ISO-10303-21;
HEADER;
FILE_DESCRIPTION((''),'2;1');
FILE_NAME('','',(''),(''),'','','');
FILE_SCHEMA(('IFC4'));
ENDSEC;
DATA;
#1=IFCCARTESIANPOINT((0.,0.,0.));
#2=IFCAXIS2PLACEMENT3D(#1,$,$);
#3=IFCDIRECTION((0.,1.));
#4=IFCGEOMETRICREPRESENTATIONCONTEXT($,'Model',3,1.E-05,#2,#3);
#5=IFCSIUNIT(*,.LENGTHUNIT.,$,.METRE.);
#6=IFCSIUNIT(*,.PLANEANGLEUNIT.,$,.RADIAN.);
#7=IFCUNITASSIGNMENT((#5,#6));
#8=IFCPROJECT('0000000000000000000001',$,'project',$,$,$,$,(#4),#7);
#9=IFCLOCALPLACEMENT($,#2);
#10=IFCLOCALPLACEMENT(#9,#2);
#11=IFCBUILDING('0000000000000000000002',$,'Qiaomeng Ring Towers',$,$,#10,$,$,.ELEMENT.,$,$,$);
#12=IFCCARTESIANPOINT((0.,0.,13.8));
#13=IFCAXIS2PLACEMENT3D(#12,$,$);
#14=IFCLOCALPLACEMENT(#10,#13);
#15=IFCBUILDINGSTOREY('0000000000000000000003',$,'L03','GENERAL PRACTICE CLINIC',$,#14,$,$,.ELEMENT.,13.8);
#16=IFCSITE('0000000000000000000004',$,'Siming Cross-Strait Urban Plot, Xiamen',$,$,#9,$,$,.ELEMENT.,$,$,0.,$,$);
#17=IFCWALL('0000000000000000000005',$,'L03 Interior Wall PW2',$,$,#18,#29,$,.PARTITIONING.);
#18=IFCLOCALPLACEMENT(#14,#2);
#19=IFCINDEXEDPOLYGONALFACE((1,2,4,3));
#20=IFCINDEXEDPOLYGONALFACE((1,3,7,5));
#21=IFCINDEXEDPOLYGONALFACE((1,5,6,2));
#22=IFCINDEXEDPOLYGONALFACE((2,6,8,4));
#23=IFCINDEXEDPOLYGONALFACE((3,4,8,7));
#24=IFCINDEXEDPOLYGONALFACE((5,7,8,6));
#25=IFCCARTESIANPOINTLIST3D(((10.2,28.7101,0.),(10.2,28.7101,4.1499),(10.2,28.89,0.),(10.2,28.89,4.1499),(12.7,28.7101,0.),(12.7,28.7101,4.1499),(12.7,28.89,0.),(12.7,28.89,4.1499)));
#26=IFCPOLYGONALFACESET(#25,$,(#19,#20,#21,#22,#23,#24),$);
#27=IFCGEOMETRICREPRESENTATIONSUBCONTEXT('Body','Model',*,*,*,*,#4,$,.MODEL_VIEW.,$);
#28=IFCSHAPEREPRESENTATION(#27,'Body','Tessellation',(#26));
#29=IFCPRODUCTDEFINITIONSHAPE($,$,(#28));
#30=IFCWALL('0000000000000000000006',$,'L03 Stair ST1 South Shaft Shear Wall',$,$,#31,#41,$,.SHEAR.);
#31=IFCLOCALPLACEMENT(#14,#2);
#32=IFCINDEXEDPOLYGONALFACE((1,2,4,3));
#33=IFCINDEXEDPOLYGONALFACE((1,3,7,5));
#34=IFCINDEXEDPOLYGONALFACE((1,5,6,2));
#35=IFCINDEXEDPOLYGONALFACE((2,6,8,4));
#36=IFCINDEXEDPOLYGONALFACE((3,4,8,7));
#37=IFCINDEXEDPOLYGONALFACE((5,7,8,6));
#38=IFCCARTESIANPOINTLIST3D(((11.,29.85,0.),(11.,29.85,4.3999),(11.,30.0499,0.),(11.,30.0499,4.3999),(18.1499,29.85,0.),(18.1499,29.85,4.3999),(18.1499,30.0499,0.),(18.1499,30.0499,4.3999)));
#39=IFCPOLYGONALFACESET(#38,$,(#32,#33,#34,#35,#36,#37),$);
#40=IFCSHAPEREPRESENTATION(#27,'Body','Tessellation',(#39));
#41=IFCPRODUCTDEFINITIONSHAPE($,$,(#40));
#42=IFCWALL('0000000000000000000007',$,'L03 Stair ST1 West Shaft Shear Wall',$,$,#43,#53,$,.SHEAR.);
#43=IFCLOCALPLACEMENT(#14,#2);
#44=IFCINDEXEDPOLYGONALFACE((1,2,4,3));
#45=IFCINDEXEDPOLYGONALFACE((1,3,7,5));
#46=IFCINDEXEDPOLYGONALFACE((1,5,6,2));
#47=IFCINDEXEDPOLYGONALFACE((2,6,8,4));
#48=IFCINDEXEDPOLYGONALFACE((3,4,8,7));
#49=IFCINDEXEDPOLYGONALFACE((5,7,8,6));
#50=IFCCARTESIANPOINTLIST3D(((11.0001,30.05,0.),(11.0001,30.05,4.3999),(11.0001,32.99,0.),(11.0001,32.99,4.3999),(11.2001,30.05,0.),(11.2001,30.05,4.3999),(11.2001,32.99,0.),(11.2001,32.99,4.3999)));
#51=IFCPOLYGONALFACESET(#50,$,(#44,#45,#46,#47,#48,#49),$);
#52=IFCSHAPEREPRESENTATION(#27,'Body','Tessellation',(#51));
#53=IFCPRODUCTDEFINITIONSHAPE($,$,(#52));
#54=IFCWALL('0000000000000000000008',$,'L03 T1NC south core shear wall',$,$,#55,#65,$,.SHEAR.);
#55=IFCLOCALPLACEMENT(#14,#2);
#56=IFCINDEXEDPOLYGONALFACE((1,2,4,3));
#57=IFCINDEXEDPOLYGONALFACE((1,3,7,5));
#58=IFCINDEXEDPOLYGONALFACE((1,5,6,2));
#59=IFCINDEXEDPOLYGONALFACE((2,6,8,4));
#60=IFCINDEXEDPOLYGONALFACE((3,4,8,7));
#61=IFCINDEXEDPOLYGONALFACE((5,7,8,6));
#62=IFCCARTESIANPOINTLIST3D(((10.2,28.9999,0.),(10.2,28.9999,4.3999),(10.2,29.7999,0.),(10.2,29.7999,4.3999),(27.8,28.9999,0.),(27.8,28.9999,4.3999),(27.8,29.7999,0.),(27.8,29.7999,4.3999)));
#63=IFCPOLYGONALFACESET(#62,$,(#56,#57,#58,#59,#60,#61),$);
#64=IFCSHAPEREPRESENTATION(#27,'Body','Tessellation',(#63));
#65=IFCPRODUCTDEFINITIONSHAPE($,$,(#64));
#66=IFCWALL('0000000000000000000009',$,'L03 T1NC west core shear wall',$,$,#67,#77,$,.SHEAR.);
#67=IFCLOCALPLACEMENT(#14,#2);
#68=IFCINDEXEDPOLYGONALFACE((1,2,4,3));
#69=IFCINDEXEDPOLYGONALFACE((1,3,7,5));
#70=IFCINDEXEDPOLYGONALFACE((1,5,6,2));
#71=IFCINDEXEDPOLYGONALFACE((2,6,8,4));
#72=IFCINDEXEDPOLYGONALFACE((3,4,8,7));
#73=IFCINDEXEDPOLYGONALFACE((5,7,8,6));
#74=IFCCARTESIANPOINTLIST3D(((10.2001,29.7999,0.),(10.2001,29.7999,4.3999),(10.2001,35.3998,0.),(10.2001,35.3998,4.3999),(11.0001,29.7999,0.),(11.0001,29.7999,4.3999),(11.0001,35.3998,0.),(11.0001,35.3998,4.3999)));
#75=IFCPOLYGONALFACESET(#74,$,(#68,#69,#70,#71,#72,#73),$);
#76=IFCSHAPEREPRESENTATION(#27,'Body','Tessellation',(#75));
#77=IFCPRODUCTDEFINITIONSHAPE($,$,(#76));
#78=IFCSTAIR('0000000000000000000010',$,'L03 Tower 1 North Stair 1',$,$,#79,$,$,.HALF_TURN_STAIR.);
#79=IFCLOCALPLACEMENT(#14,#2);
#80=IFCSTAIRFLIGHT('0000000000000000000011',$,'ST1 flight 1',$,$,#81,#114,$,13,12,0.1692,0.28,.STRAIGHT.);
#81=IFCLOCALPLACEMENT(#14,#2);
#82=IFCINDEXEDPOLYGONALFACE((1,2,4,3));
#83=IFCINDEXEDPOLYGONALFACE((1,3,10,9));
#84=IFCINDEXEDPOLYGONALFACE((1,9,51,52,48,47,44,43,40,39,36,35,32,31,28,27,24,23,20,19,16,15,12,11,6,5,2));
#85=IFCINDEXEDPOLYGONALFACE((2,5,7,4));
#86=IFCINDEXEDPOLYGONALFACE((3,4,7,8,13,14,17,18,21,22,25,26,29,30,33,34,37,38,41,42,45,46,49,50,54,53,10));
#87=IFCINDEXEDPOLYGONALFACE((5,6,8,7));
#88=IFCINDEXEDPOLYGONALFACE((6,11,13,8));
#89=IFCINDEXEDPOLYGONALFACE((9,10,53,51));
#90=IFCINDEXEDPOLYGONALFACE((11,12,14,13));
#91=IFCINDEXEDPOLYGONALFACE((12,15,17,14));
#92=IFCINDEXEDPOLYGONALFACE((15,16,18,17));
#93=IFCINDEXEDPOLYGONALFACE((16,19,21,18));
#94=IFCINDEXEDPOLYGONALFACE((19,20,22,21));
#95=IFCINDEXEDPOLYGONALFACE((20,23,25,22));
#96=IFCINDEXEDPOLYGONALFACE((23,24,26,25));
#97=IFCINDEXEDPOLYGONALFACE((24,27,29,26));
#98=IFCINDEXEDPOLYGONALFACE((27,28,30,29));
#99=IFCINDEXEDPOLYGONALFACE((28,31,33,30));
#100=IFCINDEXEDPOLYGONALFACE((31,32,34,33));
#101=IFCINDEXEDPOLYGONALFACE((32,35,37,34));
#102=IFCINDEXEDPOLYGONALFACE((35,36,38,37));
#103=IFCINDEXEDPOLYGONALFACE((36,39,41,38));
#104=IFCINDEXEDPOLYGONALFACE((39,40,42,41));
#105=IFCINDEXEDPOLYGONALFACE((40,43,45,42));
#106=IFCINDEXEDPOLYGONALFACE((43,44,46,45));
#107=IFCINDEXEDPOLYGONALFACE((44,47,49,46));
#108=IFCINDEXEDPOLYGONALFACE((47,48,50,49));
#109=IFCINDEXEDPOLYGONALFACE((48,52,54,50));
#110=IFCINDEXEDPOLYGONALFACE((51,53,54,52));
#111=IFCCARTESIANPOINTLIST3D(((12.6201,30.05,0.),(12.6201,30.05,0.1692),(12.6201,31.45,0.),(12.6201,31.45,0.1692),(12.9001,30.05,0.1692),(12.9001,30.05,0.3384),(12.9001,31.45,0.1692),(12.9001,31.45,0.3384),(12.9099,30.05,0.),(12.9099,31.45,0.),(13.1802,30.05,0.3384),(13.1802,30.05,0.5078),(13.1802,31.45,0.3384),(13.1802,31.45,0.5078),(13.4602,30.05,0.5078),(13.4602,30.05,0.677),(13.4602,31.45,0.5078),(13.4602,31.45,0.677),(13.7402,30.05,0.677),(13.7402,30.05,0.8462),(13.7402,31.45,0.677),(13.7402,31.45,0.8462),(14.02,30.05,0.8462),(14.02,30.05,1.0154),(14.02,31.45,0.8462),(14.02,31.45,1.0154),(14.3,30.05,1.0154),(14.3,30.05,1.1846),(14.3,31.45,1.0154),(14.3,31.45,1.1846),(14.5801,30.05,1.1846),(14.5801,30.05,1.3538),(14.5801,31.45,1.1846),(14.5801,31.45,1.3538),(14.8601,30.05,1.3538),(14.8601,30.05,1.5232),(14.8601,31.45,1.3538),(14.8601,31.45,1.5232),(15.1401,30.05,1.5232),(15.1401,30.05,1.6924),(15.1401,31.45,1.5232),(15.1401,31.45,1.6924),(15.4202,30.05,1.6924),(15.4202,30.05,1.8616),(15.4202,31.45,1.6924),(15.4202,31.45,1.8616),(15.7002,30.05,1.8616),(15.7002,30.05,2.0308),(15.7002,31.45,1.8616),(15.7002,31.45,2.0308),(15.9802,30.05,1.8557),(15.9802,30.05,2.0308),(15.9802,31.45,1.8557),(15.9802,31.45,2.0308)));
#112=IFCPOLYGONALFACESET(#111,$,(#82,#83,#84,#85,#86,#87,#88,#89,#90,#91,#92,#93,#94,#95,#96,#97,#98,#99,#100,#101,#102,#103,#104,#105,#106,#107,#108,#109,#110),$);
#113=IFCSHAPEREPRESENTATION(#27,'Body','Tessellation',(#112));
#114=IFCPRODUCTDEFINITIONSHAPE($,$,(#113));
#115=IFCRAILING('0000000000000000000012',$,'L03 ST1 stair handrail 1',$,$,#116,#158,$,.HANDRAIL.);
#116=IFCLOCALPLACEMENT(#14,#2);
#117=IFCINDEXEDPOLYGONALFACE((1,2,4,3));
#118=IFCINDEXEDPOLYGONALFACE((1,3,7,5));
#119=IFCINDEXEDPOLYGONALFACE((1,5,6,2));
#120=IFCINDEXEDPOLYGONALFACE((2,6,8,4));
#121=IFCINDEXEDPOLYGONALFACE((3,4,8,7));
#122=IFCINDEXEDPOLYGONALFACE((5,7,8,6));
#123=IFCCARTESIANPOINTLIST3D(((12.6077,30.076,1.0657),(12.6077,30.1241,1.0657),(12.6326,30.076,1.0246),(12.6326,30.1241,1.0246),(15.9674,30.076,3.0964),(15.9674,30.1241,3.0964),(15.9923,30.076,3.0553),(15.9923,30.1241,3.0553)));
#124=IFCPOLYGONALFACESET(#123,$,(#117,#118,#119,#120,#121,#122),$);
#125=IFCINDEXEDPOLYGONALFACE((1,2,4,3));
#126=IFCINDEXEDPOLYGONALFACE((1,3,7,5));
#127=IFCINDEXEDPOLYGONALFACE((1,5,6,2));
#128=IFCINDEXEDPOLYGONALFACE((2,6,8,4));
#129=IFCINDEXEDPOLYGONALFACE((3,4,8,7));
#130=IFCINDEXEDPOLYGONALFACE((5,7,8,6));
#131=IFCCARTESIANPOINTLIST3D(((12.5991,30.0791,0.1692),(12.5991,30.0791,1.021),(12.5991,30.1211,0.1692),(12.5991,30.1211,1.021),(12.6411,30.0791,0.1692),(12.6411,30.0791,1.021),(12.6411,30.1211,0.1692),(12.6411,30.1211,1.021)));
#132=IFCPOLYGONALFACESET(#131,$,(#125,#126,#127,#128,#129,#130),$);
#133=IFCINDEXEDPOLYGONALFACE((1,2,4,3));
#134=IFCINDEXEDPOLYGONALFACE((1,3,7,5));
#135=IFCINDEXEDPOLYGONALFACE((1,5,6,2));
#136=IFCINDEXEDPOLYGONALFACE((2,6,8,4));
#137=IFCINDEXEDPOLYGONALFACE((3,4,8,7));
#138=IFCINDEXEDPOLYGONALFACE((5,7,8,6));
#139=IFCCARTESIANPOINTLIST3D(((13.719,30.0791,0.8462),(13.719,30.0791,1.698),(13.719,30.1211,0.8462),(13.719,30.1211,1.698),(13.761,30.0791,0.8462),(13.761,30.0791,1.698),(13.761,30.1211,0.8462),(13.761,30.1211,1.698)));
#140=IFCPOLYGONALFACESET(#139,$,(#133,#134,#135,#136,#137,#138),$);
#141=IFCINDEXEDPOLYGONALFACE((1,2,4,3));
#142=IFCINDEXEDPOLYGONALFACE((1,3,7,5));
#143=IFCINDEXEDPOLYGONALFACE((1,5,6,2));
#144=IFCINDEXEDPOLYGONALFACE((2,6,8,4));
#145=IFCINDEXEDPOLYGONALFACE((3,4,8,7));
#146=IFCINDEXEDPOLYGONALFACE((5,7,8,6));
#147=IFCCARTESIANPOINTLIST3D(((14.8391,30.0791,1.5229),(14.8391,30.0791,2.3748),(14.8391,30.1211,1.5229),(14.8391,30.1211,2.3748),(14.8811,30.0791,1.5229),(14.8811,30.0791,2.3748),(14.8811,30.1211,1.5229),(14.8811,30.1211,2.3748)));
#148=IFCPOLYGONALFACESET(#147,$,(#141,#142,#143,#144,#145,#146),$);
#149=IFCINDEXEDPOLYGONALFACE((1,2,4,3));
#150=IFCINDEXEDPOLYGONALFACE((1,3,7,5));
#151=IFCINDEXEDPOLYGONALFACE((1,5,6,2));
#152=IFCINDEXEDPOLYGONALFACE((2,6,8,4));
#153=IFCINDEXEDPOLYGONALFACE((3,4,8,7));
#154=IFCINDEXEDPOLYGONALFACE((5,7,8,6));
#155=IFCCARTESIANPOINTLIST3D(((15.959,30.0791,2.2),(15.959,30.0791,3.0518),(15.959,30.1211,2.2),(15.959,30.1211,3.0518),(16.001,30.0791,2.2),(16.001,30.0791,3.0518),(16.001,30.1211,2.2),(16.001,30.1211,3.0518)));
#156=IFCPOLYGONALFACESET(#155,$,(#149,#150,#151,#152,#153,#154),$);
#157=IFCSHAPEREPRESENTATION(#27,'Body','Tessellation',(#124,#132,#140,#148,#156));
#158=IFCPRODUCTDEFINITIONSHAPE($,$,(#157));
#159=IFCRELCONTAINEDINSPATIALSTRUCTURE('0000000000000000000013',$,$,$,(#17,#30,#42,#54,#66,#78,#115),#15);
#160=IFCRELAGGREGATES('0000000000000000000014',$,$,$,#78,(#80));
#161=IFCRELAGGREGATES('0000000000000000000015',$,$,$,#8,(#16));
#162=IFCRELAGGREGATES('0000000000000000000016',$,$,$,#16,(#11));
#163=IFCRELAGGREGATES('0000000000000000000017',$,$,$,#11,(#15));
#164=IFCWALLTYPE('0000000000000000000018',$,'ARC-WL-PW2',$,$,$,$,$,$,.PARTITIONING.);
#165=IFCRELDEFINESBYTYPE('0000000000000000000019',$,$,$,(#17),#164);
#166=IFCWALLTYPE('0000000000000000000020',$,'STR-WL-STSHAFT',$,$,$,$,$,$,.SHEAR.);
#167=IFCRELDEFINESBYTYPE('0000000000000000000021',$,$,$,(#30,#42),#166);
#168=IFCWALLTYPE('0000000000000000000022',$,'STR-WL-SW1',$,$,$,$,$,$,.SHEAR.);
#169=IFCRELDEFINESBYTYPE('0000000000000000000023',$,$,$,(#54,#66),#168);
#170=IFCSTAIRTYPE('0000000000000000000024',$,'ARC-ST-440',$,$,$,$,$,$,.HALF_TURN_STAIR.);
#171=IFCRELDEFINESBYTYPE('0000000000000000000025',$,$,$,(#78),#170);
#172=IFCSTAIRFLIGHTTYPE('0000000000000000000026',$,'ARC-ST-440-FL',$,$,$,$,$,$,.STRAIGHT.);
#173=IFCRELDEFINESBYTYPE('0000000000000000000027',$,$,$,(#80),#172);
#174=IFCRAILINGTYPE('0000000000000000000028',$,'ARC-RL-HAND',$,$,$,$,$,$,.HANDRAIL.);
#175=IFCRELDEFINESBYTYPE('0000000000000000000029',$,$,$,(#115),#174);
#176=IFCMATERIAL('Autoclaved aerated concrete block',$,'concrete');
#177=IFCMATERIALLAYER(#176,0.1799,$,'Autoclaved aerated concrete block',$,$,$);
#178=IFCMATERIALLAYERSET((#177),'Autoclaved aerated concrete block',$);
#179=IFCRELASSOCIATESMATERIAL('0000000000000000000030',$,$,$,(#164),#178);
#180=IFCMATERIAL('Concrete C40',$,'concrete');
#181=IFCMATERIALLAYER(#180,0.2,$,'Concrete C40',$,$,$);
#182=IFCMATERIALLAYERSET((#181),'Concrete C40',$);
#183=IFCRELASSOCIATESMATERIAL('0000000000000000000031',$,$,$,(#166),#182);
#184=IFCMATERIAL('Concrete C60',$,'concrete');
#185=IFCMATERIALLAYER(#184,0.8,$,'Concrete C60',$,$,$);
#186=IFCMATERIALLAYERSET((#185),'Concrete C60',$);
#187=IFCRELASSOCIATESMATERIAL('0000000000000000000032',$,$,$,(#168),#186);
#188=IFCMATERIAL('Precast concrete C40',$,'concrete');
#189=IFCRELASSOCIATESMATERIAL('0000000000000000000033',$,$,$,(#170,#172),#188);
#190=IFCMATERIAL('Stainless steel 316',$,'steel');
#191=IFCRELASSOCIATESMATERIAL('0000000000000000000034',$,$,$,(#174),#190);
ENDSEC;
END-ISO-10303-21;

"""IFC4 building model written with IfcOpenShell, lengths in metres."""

from ifc_helpers import new_model, si_unit, direction, frame, frame_2d, origin, origin_2d, place, context, subcontext, project, spatial, polyline, rectangle, outline, extrude, source, transform, mapped, material, layer, layer_set, type_object, element, aggregate, save


model = new_model("IFC4")

# Units and contexts
model_context = context("Model", 3, precision=1e-05, world=origin(), true_north=direction((0.0, 1.0)))
body_context = subcontext(model_context, "Body", "Model", "MODEL_VIEW")
ifc_project = project(units=[si_unit("LENGTHUNIT", "METRE"), si_unit("PLANEANGLEUNIT", "RADIAN")], contexts=[model_context])

# Site, building, storey
site_placement = place(None, origin())
site = spatial("IfcSite", under=ifc_project, at=site_placement, Name="Siming Cross-Strait Urban Plot, Xiamen", CompositionType="ELEMENT", RefElevation=0.0)
building_placement = place(site_placement, origin())
building = spatial("IfcBuilding", under=site, at=building_placement, Name="Qiaomeng Ring Towers", CompositionType="ELEMENT")
storey_placement = place(building_placement, frame((0.0, 0.0, 13.8)))
storey = spatial("IfcBuildingStorey", under=building, at=storey_placement, Name="L03", Description="GENERAL PRACTICE CLINIC", CompositionType="ELEMENT", Elevation=13.8)

# Shared definitions
ifc_material_1 = material(Name="Concrete C60", Category="concrete")

# Walls
ifc_material_2 = material(Name="Autoclaved aerated concrete block", Category="concrete")
ifc_layer_1 = layer(ifc_material_2, 0.1799, Name="Autoclaved aerated concrete block")
ifc_layer_set_1 = layer_set([ifc_layer_1], Name="Autoclaved aerated concrete block")
wall_type_1 = type_object("IfcWallType", Name="ARC-WL-PW2", PredefinedType="PARTITIONING", material=ifc_layer_set_1)
wall_1_placement = place(storey_placement, frame((10.2, 28.8, 0.0), z_axis=(0.0, 0.0, 1.0), x_axis=(1.0, 0.0, 0.0)))
element("IfcWall", 1, at=wall_1_placement, inside=storey, type_object=wall_type_1, Name="L03 Interior Wall PW2", PredefinedType="PARTITIONING", context=body_context, shape_type="SweptSolid", body=[
    extrude(rectangle(XDim=2.5, YDim=0.1799, at=frame_2d((1.25, 0.0))), origin(), (0.0, 0.0, 1.0), 4.1499),
])
ifc_material_3 = material(Name="Concrete C40", Category="concrete")
ifc_layer_2 = layer(ifc_material_3, 0.2, Name="Concrete C40")
ifc_layer_set_2 = layer_set([ifc_layer_2], Name="Concrete C40")
wall_type_2 = type_object("IfcWallType", Name="STR-WL-STSHAFT", PredefinedType="SHEAR", material=ifc_layer_set_2)
wall_2_placement = place(storey_placement, frame((11.0, 29.95, 0.0), z_axis=(0.0, 0.0, 1.0), x_axis=(1.0, 0.0, 0.0)))
element("IfcWall", 2, at=wall_2_placement, inside=storey, type_object=wall_type_2, Name="L03 Stair ST1 South Shaft Shear Wall", PredefinedType="SHEAR", context=body_context, shape_type="SweptSolid", body=[
    extrude(rectangle(XDim=7.1499, YDim=0.2, at=frame_2d((3.575, 0.0))), origin(), (0.0, 0.0, 1.0), 4.3999),
])
wall_3_placement = place(storey_placement, frame((11.1001, 30.05, 0.0), z_axis=(0.0, 0.0, 1.0), x_axis=(0.0, 1.0, 0.0)))
element("IfcWall", 3, at=wall_3_placement, inside=storey, type_object=wall_type_2, Name="L03 Stair ST1 West Shaft Shear Wall", PredefinedType="SHEAR", context=body_context, shape_type="SweptSolid", body=[
    extrude(rectangle(XDim=2.9399, YDim=0.2, at=frame_2d((1.47, 0.0))), origin(), (0.0, 0.0, 1.0), 4.3999),
])
ifc_layer_3 = layer(ifc_material_1, 0.8, Name="Concrete C60")
ifc_layer_set_3 = layer_set([ifc_layer_3], Name="Concrete C60")
wall_type_3 = type_object("IfcWallType", Name="STR-WL-SW1", PredefinedType="SHEAR", material=ifc_layer_set_3)
wall_4_placement = place(storey_placement, frame((10.2, 29.3999, 0.0), z_axis=(0.0, 0.0, 1.0), x_axis=(1.0, 0.0, 0.0)))
element("IfcWall", 4, at=wall_4_placement, inside=storey, type_object=wall_type_3, Name="L03 T1NC south core shear wall", PredefinedType="SHEAR", context=body_context, shape_type="SweptSolid", body=[
    extrude(rectangle(XDim=17.6001, YDim=0.8, at=frame_2d((8.8, 0.0))), origin(), (0.0, 0.0, 1.0), 4.3999),
])
wall_5_placement = place(storey_placement, frame((10.6001, 29.8, 0.0), z_axis=(0.0, 0.0, 1.0), x_axis=(0.0, 1.0, 0.0)))
element("IfcWall", 5, at=wall_5_placement, inside=storey, type_object=wall_type_3, Name="L03 T1NC west core shear wall", PredefinedType="SHEAR", context=body_context, shape_type="SweptSolid", body=[
    extrude(rectangle(XDim=5.5999, YDim=0.8, at=frame_2d((2.7998, 0.0))), origin(), (0.0, 0.0, 1.0), 4.3999),
])

# Stair, stair flight
ifc_material_4 = material(Name="Precast concrete C40", Category="concrete")
stair_type = type_object("IfcStairType", Name="ARC-ST-440", PredefinedType="HALF_TURN_STAIR", material=ifc_material_4)
stair_placement = place(storey_placement, origin())
stair = element("IfcStair", 6, at=stair_placement, inside=storey, type_object=stair_type, Name="L03 Tower 1 North Stair 1", PredefinedType="HALF_TURN_STAIR")
stair_flight_type = type_object("IfcStairFlightType", Name="ARC-ST-440-FL", PredefinedType="STRAIGHT", material=ifc_material_4)
shared_shape_1 = source(origin(), body_context, "Body", "SweptSolid", [
    extrude(outline(polyline([(0.0, 0.0), (0.0, 0.1692), (0.28, 0.1692), (0.28, 0.3384), (0.5601, 0.3384), (0.5601, 0.5078), (0.8401, 0.5078), (0.8401, 0.677), (1.1201, 0.677), (1.1201, 0.8462), (1.3999, 0.8462), (1.3999, 1.0154), (1.6799, 1.0154), (1.6799, 1.1846), (1.96, 1.1846), (1.96, 1.3538), (2.24, 1.3538), (2.24, 1.5232), (2.52, 1.5232), (2.52, 1.6924), (2.8, 1.6924), (2.8, 1.8616), (3.0801, 1.8616), (3.0801, 2.0308), (3.3601, 2.0308), (3.3601, 2.2), (3.3601, 1.8557), (0.2898, 0.0), (0.0, 0.0)])), frame((0.0, 0.7, 0.0), z_axis=(0.0, -1.0, 0.0), x_axis=(1.0, 0.0, 0.0)), (0.0, 0.0, 1.0), 1.3999),
])
stair_flight_placement = place(storey_placement, frame((12.6201, 30.75, 0.0), z_axis=(0.0, 0.0, 1.0), x_axis=(1.0, 0.0, 0.0)))
stair_flight = element("IfcStairFlight", 7, at=stair_flight_placement, type_object=stair_flight_type, Name="ST1 flight 1", NumberOfRisers=13, NumberOfTreads=12, PredefinedType="STRAIGHT", RiserHeight=0.1692, TreadLength=0.28, context=body_context, shape_type="MappedRepresentation", body=[
    mapped(shared_shape_1, transform((0.0, 0.0, 0.0), x_axis=(1.0, 0.0, 0.0), y_axis=(0.0, 1.0, 0.0), z_axis=(0.0, 0.0, 1.0), scale=1.0)),
])
aggregate(stair, [stair_flight])

# Railing
ifc_material_5 = material(Name="Stainless steel 316", Category="steel")
railing_type = type_object("IfcRailingType", Name="ARC-RL-HAND", PredefinedType="HANDRAIL", material=ifc_material_5)
railing_placement = place(storey_placement, frame((12.6201, 30.1001, 0.1692)))
element("IfcRailing", 8, at=railing_placement, inside=storey, type_object=railing_type, Name="L03 ST1 stair handrail 1", PredefinedType="HANDRAIL", context=body_context, shape_type="SweptSolid", body=[
    extrude(rectangle(XDim=0.0481, YDim=0.0481, at=origin_2d()), frame((0.0, 0.0, 0.876), z_axis=(0.85582, 0.0, 0.517273), x_axis=(0.0, 1.0, 0.0)), (0.0, 0.0, 1.0), 3.9258),
    extrude(rectangle(XDim=0.042, YDim=0.042, at=origin_2d()), origin(), (0.0, 0.0, 1.0), 0.8518),
    extrude(rectangle(XDim=0.042, YDim=0.042, at=origin_2d()), frame((1.1199, 0.0, 0.677)), (0.0, 0.0, 1.0), 0.8518),
    extrude(rectangle(XDim=0.042, YDim=0.042, at=origin_2d()), frame((2.24, 0.0, 1.3538)), (0.0, 0.0, 1.0), 0.8518),
    extrude(rectangle(XDim=0.042, YDim=0.042, at=origin_2d()), frame((3.3599, 0.0, 2.0308)), (0.0, 0.0, 1.0), 0.8518),
])

save(model, "model.ifc")
